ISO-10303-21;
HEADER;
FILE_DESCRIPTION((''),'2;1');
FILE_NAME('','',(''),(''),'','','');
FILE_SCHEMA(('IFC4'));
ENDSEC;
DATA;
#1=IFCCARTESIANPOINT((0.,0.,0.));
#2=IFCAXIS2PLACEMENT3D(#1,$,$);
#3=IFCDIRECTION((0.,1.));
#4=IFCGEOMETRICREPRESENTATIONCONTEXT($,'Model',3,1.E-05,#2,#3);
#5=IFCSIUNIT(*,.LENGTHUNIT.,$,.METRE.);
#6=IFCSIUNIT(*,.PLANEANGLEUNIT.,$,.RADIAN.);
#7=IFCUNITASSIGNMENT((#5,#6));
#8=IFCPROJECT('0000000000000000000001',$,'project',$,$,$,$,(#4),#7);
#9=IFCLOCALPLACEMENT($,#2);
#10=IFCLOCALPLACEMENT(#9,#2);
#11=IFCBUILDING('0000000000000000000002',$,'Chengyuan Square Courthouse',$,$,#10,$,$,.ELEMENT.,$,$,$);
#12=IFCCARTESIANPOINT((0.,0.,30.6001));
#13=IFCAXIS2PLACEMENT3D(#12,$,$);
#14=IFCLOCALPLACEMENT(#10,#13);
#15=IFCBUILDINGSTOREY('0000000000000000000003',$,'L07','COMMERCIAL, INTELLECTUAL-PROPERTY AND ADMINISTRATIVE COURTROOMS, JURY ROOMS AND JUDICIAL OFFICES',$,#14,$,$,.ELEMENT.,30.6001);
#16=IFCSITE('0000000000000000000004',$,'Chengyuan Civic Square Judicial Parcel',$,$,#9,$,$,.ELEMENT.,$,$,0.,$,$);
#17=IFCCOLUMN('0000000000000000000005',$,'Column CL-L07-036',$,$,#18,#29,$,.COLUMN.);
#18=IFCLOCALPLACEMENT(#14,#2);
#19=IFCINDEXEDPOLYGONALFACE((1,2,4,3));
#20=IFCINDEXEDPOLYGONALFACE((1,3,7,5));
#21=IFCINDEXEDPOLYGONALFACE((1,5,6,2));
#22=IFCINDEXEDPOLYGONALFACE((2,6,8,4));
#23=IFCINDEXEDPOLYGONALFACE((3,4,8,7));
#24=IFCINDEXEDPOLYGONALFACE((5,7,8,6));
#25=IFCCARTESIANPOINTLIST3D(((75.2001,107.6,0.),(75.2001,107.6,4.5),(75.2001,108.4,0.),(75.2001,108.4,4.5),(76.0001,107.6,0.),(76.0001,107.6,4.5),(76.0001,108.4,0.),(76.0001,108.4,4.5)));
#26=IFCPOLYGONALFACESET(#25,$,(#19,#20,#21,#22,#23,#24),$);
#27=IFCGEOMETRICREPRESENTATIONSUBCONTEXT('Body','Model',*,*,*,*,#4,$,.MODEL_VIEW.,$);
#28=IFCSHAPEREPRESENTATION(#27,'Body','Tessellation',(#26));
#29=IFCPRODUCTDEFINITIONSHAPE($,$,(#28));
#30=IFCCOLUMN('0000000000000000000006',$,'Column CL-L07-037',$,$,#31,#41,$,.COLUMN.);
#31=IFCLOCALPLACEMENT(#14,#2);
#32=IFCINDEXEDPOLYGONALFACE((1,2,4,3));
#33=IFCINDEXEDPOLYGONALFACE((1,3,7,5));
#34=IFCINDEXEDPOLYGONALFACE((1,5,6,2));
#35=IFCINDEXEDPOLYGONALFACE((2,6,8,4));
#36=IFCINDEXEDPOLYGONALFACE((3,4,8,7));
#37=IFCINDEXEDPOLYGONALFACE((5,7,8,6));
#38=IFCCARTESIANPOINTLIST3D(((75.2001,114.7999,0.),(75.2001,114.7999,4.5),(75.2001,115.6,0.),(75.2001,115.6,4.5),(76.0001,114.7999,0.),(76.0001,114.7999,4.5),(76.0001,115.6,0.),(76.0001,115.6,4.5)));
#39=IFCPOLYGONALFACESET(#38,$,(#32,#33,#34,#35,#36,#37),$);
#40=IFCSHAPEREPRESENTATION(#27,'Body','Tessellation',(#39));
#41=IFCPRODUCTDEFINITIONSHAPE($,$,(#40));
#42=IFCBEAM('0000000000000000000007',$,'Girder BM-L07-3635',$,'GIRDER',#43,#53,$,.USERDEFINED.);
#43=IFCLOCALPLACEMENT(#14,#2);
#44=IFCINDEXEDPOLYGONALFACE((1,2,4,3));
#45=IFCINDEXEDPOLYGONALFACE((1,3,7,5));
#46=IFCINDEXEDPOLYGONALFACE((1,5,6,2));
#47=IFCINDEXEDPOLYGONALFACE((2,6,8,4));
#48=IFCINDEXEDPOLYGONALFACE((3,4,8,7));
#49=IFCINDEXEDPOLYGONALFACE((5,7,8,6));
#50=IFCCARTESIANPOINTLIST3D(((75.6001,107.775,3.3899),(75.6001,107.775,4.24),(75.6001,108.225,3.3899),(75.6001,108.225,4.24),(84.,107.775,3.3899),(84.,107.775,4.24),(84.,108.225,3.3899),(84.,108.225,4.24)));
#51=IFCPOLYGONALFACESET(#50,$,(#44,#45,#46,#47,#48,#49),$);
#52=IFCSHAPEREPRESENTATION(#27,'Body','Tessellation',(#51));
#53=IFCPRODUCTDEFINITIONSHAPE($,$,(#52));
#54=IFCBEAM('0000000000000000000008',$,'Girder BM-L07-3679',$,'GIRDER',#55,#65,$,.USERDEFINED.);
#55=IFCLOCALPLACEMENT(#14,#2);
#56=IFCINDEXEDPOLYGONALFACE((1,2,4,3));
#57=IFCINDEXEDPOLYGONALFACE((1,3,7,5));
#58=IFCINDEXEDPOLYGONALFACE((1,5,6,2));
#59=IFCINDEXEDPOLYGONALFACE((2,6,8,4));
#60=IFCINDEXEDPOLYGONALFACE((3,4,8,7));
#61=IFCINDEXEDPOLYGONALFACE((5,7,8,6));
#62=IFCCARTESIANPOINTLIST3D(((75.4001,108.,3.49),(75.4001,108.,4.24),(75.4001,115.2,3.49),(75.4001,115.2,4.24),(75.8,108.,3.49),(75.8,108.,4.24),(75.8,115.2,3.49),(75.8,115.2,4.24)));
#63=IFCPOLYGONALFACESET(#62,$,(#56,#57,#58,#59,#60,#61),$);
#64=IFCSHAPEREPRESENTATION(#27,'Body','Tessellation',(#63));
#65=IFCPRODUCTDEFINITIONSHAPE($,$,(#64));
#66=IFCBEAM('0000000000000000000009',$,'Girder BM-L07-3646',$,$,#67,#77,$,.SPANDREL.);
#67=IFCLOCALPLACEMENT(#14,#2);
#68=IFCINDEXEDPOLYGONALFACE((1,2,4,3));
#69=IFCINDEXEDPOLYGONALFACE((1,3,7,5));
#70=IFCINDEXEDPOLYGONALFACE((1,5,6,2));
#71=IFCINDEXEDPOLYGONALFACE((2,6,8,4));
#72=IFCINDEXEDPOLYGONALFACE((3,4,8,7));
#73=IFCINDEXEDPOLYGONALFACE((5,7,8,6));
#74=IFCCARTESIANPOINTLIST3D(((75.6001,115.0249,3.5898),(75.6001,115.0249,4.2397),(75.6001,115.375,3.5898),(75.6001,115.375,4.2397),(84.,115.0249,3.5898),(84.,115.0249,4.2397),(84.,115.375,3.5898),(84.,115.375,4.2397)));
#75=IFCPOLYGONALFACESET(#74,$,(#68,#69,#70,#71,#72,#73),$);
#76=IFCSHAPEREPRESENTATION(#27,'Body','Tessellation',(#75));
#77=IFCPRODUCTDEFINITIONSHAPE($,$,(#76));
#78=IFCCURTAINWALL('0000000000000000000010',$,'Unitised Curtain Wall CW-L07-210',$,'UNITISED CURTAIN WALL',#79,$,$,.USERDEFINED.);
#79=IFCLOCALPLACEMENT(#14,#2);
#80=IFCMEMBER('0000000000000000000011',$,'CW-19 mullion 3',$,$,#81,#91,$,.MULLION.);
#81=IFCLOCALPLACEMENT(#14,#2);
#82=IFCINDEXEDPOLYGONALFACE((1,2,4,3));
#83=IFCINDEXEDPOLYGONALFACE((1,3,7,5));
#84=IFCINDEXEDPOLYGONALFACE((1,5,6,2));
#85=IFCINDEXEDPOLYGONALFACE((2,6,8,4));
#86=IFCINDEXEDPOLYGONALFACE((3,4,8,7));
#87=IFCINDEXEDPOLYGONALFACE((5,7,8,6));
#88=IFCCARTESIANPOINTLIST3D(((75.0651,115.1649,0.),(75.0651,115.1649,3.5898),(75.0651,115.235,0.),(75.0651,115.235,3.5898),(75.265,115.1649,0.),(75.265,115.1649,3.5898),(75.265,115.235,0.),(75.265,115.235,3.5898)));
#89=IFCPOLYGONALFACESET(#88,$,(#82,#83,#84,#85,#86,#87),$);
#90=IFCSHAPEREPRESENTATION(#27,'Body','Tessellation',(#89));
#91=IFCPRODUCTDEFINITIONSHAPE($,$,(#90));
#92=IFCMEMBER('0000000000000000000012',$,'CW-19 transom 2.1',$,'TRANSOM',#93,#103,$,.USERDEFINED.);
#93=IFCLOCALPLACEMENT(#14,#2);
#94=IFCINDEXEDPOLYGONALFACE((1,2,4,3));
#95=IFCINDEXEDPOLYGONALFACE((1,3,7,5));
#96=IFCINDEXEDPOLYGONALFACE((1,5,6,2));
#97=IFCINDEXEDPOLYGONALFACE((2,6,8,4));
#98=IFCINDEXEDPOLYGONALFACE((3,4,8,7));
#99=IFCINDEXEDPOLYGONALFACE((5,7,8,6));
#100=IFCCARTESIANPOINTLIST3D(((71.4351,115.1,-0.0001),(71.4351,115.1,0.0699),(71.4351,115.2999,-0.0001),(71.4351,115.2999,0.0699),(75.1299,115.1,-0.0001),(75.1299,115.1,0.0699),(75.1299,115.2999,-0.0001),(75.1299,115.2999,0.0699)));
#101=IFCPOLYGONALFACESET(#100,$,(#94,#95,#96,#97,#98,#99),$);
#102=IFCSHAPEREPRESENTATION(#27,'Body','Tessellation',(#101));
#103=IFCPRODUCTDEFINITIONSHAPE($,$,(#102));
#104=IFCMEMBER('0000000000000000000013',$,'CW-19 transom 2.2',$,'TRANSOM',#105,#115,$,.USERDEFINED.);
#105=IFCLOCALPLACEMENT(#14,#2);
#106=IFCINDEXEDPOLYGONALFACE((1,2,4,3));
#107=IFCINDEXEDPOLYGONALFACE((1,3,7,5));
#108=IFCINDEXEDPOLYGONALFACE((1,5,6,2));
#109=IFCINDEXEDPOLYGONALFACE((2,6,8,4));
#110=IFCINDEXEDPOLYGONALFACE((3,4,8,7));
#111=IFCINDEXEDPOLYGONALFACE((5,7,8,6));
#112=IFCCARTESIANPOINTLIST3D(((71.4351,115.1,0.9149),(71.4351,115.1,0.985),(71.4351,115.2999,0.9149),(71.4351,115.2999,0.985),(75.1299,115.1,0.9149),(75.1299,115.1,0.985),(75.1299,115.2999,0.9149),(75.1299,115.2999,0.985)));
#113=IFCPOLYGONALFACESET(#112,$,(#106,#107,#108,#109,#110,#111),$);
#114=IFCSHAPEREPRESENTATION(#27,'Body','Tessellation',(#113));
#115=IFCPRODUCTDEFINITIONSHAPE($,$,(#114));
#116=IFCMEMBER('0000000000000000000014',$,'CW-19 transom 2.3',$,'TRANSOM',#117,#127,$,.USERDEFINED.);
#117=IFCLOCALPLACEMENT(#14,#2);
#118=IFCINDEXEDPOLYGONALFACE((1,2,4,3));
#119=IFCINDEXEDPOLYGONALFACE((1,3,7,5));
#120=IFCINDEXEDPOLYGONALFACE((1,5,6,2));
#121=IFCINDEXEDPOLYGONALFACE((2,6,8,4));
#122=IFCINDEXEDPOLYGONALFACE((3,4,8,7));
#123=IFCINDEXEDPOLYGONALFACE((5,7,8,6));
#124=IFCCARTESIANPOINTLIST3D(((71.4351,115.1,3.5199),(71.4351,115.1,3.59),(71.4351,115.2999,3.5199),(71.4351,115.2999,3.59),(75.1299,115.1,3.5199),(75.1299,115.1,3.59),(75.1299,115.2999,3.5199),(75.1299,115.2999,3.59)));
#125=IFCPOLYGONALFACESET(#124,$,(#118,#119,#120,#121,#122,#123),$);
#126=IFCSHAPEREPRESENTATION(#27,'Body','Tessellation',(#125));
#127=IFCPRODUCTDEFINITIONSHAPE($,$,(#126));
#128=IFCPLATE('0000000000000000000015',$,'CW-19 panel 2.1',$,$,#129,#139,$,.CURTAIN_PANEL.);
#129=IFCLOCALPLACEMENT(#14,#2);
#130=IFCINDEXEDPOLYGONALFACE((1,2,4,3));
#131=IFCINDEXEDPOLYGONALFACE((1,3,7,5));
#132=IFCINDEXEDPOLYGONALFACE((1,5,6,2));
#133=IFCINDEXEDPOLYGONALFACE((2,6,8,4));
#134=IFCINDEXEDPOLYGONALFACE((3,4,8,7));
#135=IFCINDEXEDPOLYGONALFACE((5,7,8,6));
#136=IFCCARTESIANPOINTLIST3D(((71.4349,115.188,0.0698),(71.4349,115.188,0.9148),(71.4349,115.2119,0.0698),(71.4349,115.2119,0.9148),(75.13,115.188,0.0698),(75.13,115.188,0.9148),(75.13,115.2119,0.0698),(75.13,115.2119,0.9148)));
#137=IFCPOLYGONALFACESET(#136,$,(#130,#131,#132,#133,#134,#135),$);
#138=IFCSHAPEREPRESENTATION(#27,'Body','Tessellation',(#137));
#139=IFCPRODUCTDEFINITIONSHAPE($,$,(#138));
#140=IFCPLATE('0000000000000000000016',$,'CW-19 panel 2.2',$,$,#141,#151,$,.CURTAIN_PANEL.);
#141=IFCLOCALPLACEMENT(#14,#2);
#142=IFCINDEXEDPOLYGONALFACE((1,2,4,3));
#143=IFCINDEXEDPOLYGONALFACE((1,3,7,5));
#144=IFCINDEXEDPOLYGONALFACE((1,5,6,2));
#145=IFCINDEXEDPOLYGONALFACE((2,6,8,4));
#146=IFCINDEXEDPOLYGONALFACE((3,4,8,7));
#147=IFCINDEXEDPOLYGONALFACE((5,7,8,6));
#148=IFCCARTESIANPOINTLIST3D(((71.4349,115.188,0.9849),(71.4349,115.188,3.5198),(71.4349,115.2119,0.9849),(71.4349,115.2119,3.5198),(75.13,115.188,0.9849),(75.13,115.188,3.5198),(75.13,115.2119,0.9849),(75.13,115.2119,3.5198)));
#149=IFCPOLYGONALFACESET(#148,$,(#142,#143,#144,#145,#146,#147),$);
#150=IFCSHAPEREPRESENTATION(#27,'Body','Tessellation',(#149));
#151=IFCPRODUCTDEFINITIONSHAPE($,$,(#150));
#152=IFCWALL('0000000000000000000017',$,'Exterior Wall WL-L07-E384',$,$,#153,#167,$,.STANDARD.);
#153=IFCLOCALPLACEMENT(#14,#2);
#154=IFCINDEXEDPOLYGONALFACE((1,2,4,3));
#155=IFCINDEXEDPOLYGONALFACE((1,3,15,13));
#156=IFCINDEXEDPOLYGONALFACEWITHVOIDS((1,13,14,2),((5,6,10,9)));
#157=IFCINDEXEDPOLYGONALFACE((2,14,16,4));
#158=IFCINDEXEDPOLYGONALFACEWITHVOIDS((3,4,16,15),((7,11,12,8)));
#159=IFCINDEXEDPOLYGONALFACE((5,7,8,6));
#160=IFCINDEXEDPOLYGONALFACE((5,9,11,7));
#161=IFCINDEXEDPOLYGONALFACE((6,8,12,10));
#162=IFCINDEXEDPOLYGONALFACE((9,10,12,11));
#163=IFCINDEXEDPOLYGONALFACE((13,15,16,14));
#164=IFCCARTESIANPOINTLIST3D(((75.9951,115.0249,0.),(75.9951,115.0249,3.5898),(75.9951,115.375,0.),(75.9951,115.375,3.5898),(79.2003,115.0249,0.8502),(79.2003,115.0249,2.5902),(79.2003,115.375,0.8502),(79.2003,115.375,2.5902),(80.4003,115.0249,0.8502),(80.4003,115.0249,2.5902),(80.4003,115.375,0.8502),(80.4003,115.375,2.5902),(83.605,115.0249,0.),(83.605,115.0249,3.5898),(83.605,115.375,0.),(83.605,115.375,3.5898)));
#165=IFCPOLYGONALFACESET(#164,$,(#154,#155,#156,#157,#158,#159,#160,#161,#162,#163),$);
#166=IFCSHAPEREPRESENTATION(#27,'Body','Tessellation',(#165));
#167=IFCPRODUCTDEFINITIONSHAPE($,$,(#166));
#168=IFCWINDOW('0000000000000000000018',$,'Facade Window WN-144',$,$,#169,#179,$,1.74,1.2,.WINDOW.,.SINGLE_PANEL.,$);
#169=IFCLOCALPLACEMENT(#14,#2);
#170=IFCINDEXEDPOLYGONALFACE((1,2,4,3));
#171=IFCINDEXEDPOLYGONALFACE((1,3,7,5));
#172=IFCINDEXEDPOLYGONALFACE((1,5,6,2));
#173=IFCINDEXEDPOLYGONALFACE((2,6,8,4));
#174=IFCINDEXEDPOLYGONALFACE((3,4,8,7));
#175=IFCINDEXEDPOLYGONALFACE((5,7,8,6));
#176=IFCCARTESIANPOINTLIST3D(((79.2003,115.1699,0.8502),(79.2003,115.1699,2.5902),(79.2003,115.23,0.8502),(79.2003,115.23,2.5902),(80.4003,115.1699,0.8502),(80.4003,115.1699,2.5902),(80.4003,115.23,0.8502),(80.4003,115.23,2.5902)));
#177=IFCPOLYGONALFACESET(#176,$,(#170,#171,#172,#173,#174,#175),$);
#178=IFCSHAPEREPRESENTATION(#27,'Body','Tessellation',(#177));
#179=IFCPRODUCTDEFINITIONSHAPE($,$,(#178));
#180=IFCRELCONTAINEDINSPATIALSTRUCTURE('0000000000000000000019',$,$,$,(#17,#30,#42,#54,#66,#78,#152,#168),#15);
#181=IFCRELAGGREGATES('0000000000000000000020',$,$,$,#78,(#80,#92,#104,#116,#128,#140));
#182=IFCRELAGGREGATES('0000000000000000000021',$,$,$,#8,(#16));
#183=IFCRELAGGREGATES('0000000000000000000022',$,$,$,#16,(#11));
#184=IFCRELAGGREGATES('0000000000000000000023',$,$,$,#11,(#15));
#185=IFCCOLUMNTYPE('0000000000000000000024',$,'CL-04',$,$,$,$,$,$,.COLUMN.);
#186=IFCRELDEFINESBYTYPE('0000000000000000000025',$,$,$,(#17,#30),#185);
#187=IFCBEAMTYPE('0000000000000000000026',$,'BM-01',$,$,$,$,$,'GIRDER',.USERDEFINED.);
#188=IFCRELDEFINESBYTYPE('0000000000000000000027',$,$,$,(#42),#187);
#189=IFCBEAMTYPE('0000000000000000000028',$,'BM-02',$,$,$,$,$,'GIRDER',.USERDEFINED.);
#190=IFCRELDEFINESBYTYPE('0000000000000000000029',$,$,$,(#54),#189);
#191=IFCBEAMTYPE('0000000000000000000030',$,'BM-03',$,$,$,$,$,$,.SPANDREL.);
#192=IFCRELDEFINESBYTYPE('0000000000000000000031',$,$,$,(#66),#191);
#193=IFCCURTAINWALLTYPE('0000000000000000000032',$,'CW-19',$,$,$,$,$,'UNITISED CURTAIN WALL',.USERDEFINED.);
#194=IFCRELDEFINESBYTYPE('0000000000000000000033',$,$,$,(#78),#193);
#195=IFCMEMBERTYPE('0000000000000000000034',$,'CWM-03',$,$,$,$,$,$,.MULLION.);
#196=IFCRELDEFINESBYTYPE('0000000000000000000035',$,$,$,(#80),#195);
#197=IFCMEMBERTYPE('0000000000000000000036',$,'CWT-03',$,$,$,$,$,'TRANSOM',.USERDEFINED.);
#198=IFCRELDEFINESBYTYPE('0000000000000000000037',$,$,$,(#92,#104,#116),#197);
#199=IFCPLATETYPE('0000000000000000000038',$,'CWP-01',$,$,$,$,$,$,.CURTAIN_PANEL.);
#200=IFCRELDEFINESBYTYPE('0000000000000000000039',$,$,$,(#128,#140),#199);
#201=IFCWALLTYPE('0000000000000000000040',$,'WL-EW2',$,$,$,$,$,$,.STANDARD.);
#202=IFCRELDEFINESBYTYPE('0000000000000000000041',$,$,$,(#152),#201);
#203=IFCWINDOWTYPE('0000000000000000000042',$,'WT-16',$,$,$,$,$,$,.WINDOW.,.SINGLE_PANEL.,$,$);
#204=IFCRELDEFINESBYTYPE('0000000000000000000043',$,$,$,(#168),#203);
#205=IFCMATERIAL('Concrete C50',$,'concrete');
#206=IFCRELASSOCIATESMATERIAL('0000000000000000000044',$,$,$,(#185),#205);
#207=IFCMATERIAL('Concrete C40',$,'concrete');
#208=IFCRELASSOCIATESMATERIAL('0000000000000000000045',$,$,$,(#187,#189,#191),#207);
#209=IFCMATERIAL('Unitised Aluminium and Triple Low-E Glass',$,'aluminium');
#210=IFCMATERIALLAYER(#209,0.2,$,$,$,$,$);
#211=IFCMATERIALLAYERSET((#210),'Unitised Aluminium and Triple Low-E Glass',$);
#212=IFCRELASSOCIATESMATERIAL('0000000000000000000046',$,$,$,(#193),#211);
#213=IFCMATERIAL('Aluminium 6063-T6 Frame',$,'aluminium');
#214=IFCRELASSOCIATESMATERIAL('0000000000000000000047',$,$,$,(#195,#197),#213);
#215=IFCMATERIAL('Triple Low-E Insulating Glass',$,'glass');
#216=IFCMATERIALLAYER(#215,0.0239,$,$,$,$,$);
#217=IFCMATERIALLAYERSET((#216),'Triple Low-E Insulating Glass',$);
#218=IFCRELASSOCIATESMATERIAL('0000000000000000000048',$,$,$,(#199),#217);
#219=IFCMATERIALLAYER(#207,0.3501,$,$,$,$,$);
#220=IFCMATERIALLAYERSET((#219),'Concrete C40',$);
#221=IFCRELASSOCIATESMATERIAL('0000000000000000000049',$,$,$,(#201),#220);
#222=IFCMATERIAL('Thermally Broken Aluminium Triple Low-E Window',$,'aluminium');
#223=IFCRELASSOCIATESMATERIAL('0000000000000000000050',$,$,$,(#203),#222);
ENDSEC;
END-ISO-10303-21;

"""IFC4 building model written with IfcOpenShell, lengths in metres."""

from ifc_helpers import new_model, si_unit, direction, frame, frame_2d, origin, origin_2d, place, context, subcontext, project, spatial, rectangle, extrude, material, layer, layer_set, material_profile, profile_set, type_object, element, fill, aggregate, save


model = new_model("IFC4")

# Units and contexts
model_context = context("Model", 3, precision=1e-05, world=origin(), true_north=direction((0.0, 1.0)))
body_context = subcontext(model_context, "Body", "Model", "MODEL_VIEW")
ifc_project = project(units=[si_unit("LENGTHUNIT", "METRE"), si_unit("PLANEANGLEUNIT", "RADIAN")], contexts=[model_context])

# Site, building, storey
site_placement = place(None, origin())
site = spatial("IfcSite", under=ifc_project, at=site_placement, Name="Chengyuan Civic Square Judicial Parcel", CompositionType="ELEMENT", RefElevation=0.0)
building_placement = place(site_placement, origin())
building = spatial("IfcBuilding", under=site, at=building_placement, Name="Chengyuan Square Courthouse", CompositionType="ELEMENT")
storey_placement = place(building_placement, frame((0.0, 0.0, 30.6001)))
storey = spatial("IfcBuildingStorey", under=building, at=storey_placement, Name="L07", Description="COMMERCIAL, INTELLECTUAL-PROPERTY AND ADMINISTRATIVE COURTROOMS, JURY ROOMS AND JUDICIAL OFFICES", CompositionType="ELEMENT", Elevation=30.6001)

# Columns
ifc_material_1 = material(Name="Concrete C50", Category="concrete")
ifc_material_profile_1 = material_profile(ifc_material_1, rectangle(XDim=0.8, YDim=0.8, at=origin_2d()), Name="RC-COL-800x800")
ifc_profile_set_1 = profile_set([ifc_material_profile_1], Name="Concrete C50")
column_type = type_object("IfcColumnType", Name="CL-04", PredefinedType="COLUMN", material=ifc_profile_set_1)
for number, where, z_axis, x_axis, name in (
    (1, (75.6001, 108.0, 0.0), (0.0, 0.0, 1.0), (1.0, 0.0, 0.0), "Column CL-L07-036"),
    (2, (75.6001, 115.2, 0.0), (0.0, 0.0, 1.0), (1.0, 0.0, 0.0), "Column CL-L07-037"),
):
    element("IfcColumn", number, at=place(storey_placement, frame(where, z_axis=z_axis, x_axis=x_axis)), inside=storey, type_object=column_type, Name=name, PredefinedType="COLUMN", context=body_context, shape_type="SweptSolid", body=[
        extrude(rectangle(XDim=0.8, YDim=0.8, at=origin_2d()), origin(), (0.0, 0.0, 1.0), 4.5),
    ])

# Beams
ifc_material_2 = material(Name="Concrete C40", Category="concrete")
ifc_material_profile_2 = material_profile(ifc_material_2, rectangle(XDim=0.45, YDim=0.8501, at=origin_2d()), Name="RC-BM-450x850")
ifc_profile_set_2 = profile_set([ifc_material_profile_2], Name="Concrete C40")
beam_type_1 = type_object("IfcBeamType", Name="BM-01", ElementType="GIRDER", PredefinedType="USERDEFINED", material=ifc_profile_set_2)
beam_1_placement = place(storey_placement, frame((75.6001, 108.0, 3.8149), z_axis=(1.0, 0.0, 0.0), x_axis=(0.0, 1.0, 0.0)))
element("IfcBeam", 3, at=beam_1_placement, inside=storey, type_object=beam_type_1, Name="Girder BM-L07-3635", ObjectType="GIRDER", PredefinedType="USERDEFINED", context=body_context, shape_type="SweptSolid", body=[
    extrude(rectangle(XDim=0.45, YDim=0.8501, at=origin_2d()), origin(), (0.0, 0.0, 1.0), 8.3999),
])
ifc_material_profile_3 = material_profile(ifc_material_2, rectangle(XDim=0.3999, YDim=0.75, at=origin_2d()), Name="RC-BM-400x750")
ifc_profile_set_3 = profile_set([ifc_material_profile_3], Name="Concrete C40")
beam_type_2 = type_object("IfcBeamType", Name="BM-02", ElementType="GIRDER", PredefinedType="USERDEFINED", material=ifc_profile_set_3)
beam_2_placement = place(storey_placement, frame((75.6001, 108.0, 3.865), z_axis=(0.0, 1.0, 0.0), x_axis=(-1.0, 0.0, 0.0)))
element("IfcBeam", 4, at=beam_2_placement, inside=storey, type_object=beam_type_2, Name="Girder BM-L07-3679", ObjectType="GIRDER", PredefinedType="USERDEFINED", context=body_context, shape_type="SweptSolid", body=[
    extrude(rectangle(XDim=0.3999, YDim=0.75, at=origin_2d()), origin(), (0.0, 0.0, 1.0), 7.2),
])
ifc_material_profile_4 = material_profile(ifc_material_2, rectangle(XDim=0.3501, YDim=0.6499, at=origin_2d()), Name="RC-BM-350x650")
ifc_profile_set_4 = profile_set([ifc_material_profile_4], Name="Concrete C40")
beam_type_3 = type_object("IfcBeamType", Name="BM-03", PredefinedType="SPANDREL", material=ifc_profile_set_4)
beam_3_placement = place(storey_placement, frame((75.6001, 115.2, 3.9148), z_axis=(1.0, 0.0, 0.0), x_axis=(0.0, 1.0, 0.0)))
element("IfcBeam", 5, at=beam_3_placement, inside=storey, type_object=beam_type_3, Name="Girder BM-L07-3646", PredefinedType="SPANDREL", context=body_context, shape_type="SweptSolid", body=[
    extrude(rectangle(XDim=0.3501, YDim=0.6499, at=origin_2d()), origin(), (0.0, 0.0, 1.0), 8.3999),
])

# Curtain wall, members, plates
ifc_material_3 = material(Name="Unitised Aluminium and Triple Low-E Glass", Category="aluminium")
ifc_layer_1 = layer(ifc_material_3, 0.2)
ifc_layer_set_1 = layer_set([ifc_layer_1], Name="Unitised Aluminium and Triple Low-E Glass")
curtain_wall_type = type_object("IfcCurtainWallType", Name="CW-19", ElementType="UNITISED CURTAIN WALL", PredefinedType="USERDEFINED", material=ifc_layer_set_1)
curtain_wall_placement = place(storey_placement, origin())
curtain_wall = element("IfcCurtainWall", 6, at=curtain_wall_placement, inside=storey, type_object=curtain_wall_type, Name="Unitised Curtain Wall CW-L07-210", ObjectType="UNITISED CURTAIN WALL", PredefinedType="USERDEFINED")
ifc_material_4 = material(Name="Aluminium 6063-T6 Frame", Category="aluminium")
ifc_material_profile_5 = material_profile(ifc_material_4, rectangle(XDim=0.0701, YDim=0.2, at=origin_2d()), Name="CW-MUL-70x200")
ifc_profile_set_5 = profile_set([ifc_material_profile_5], Name="Aluminium 6063-T6 Frame")
member_type_1 = type_object("IfcMemberType", Name="CWM-03", PredefinedType="MULLION", material=ifc_profile_set_5)
member_1_placement = place(storey_placement, frame((75.165, 115.2, 0.0), z_axis=(0.0, 0.0, 1.0), x_axis=(0.0, 1.0, 0.0)))
member_1 = element("IfcMember", 7, at=member_1_placement, type_object=member_type_1, Name="CW-19 mullion 3", PredefinedType="MULLION", context=body_context, shape_type="SweptSolid", body=[
    extrude(rectangle(XDim=0.0701, YDim=0.2, at=origin_2d()), origin(), (0.0, 0.0, 1.0), 3.5898),
])
ifc_material_profile_6 = material_profile(ifc_material_4, rectangle(XDim=0.2, YDim=0.0701, at=origin_2d()), Name="CW-TRN-70x160")
ifc_profile_set_6 = profile_set([ifc_material_profile_6], Name="Aluminium 6063-T6 Frame")
member_type_2 = type_object("IfcMemberType", Name="CWT-03", ElementType="TRANSOM", PredefinedType="USERDEFINED", material=ifc_profile_set_6)
member_2_placement = place(storey_placement, frame((71.4351, 115.2, 0.0349), z_axis=(1.0, 0.0, 0.0), x_axis=(0.0, 1.0, 0.0)))
member_2 = element("IfcMember", 8, at=member_2_placement, type_object=member_type_2, Name="CW-19 transom 2.1", ObjectType="TRANSOM", PredefinedType="USERDEFINED", context=body_context, shape_type="SweptSolid", body=[
    extrude(rectangle(XDim=0.2, YDim=0.0701, at=origin_2d()), origin(), (0.0, 0.0, 1.0), 3.6948),
])
member_3_placement = place(storey_placement, frame((71.4351, 115.2, 0.95), z_axis=(1.0, 0.0, 0.0), x_axis=(0.0, 1.0, 0.0)))
member_3 = element("IfcMember", 9, at=member_3_placement, type_object=member_type_2, Name="CW-19 transom 2.2", ObjectType="TRANSOM", PredefinedType="USERDEFINED", context=body_context, shape_type="SweptSolid", body=[
    extrude(rectangle(XDim=0.2, YDim=0.0701, at=origin_2d()), origin(), (0.0, 0.0, 1.0), 3.6948),
])
member_4_placement = place(storey_placement, frame((71.4351, 115.2, 3.5549), z_axis=(1.0, 0.0, 0.0), x_axis=(0.0, 1.0, 0.0)))
member_4 = element("IfcMember", 10, at=member_4_placement, type_object=member_type_2, Name="CW-19 transom 2.3", ObjectType="TRANSOM", PredefinedType="USERDEFINED", context=body_context, shape_type="SweptSolid", body=[
    extrude(rectangle(XDim=0.2, YDim=0.0701, at=origin_2d()), origin(), (0.0, 0.0, 1.0), 3.6948),
])
ifc_material_5 = material(Name="Triple Low-E Insulating Glass", Category="glass")
ifc_layer_2 = layer(ifc_material_5, 0.0239)
ifc_layer_set_2 = layer_set([ifc_layer_2], Name="Triple Low-E Insulating Glass")
plate_type = type_object("IfcPlateType", Name="CWP-01", PredefinedType="CURTAIN_PANEL", material=ifc_layer_set_2)
plate_1_placement = place(storey_placement, frame((73.2825, 115.2, 0.0698), z_axis=(0.0, 0.0, 1.0), x_axis=(1.0, 0.0, 0.0)))
plate_1 = element("IfcPlate", 11, at=plate_1_placement, type_object=plate_type, Name="CW-19 panel 2.1", PredefinedType="CURTAIN_PANEL", context=body_context, shape_type="SweptSolid", body=[
    extrude(rectangle(XDim=3.6951, YDim=0.0239, at=origin_2d()), origin(), (0.0, 0.0, 1.0), 0.845),
])
plate_2_placement = place(storey_placement, frame((73.2825, 115.2, 0.9849), z_axis=(0.0, 0.0, 1.0), x_axis=(1.0, 0.0, 0.0)))
plate_2 = element("IfcPlate", 12, at=plate_2_placement, type_object=plate_type, Name="CW-19 panel 2.2", PredefinedType="CURTAIN_PANEL", context=body_context, shape_type="SweptSolid", body=[
    extrude(rectangle(XDim=3.6951, YDim=0.0239, at=origin_2d()), origin(), (0.0, 0.0, 1.0), 2.5349),
])
aggregate(curtain_wall, [member_1, member_2, member_3, member_4, plate_1, plate_2])

# Wall, opening, window
ifc_layer_3 = layer(ifc_material_2, 0.3501)
ifc_layer_set_3 = layer_set([ifc_layer_3], Name="Concrete C40")
wall_type_1 = type_object("IfcWallType", Name="WL-EW2", PredefinedType="STANDARD", material=ifc_layer_set_3)
wall_1_placement = place(storey_placement, frame((75.9951, 115.2, 0.0), z_axis=(0.0, 0.0, 1.0), x_axis=(1.0, 0.0, 0.0)))
wall_1 = element("IfcWall", 13, at=wall_1_placement, inside=storey, type_object=wall_type_1, Name="Exterior Wall WL-L07-E384", PredefinedType="STANDARD", context=body_context, shape_type="SweptSolid", body=[
    extrude(rectangle(XDim=7.6099, YDim=0.3501, at=frame_2d((3.8049, 0.0))), origin(), (0.0, 0.0, 1.0), 3.5898),
])
opening_placement = place(wall_1_placement, frame((3.2051, 0.0, 0.8501)))
opening = element("IfcOpeningElement", 14, at=opening_placement, cuts=wall_1, PredefinedType="OPENING", context=body_context, shape_type="SweptSolid", body=[
    extrude(rectangle(XDim=1.2, YDim=1.74, at=frame_2d((0.6001, 0.8701))), frame((0.0, 0.187, 0.0), z_axis=(0.0, -1.0, 0.0), x_axis=(1.0, 0.0, 0.0)), (0.0, 0.0, 1.0), 0.374),
])
ifc_material_6 = material(Name="Thermally Broken Aluminium Triple Low-E Window", Category="aluminium")
window_type = type_object("IfcWindowType", Name="WT-16", PartitioningType="SINGLE_PANEL", PredefinedType="WINDOW", material=ifc_material_6)
window_placement = place(opening_placement, origin())
window = element("IfcWindow", 15, at=window_placement, inside=storey, type_object=window_type, Name="Facade Window WN-144", OverallHeight=1.74, OverallWidth=1.2, PartitioningType="SINGLE_PANEL", PredefinedType="WINDOW", context=body_context, shape_type="SweptSolid", body=[
    extrude(rectangle(XDim=1.2, YDim=1.74, at=frame_2d((0.6001, 0.8701))), frame((0.0, 0.03, 0.0), z_axis=(0.0, -1.0, 0.0), x_axis=(1.0, 0.0, 0.0)), (0.0, 0.0, 1.0), 0.0601),
])
fill(opening, window)

save(model, "model.ifc")
